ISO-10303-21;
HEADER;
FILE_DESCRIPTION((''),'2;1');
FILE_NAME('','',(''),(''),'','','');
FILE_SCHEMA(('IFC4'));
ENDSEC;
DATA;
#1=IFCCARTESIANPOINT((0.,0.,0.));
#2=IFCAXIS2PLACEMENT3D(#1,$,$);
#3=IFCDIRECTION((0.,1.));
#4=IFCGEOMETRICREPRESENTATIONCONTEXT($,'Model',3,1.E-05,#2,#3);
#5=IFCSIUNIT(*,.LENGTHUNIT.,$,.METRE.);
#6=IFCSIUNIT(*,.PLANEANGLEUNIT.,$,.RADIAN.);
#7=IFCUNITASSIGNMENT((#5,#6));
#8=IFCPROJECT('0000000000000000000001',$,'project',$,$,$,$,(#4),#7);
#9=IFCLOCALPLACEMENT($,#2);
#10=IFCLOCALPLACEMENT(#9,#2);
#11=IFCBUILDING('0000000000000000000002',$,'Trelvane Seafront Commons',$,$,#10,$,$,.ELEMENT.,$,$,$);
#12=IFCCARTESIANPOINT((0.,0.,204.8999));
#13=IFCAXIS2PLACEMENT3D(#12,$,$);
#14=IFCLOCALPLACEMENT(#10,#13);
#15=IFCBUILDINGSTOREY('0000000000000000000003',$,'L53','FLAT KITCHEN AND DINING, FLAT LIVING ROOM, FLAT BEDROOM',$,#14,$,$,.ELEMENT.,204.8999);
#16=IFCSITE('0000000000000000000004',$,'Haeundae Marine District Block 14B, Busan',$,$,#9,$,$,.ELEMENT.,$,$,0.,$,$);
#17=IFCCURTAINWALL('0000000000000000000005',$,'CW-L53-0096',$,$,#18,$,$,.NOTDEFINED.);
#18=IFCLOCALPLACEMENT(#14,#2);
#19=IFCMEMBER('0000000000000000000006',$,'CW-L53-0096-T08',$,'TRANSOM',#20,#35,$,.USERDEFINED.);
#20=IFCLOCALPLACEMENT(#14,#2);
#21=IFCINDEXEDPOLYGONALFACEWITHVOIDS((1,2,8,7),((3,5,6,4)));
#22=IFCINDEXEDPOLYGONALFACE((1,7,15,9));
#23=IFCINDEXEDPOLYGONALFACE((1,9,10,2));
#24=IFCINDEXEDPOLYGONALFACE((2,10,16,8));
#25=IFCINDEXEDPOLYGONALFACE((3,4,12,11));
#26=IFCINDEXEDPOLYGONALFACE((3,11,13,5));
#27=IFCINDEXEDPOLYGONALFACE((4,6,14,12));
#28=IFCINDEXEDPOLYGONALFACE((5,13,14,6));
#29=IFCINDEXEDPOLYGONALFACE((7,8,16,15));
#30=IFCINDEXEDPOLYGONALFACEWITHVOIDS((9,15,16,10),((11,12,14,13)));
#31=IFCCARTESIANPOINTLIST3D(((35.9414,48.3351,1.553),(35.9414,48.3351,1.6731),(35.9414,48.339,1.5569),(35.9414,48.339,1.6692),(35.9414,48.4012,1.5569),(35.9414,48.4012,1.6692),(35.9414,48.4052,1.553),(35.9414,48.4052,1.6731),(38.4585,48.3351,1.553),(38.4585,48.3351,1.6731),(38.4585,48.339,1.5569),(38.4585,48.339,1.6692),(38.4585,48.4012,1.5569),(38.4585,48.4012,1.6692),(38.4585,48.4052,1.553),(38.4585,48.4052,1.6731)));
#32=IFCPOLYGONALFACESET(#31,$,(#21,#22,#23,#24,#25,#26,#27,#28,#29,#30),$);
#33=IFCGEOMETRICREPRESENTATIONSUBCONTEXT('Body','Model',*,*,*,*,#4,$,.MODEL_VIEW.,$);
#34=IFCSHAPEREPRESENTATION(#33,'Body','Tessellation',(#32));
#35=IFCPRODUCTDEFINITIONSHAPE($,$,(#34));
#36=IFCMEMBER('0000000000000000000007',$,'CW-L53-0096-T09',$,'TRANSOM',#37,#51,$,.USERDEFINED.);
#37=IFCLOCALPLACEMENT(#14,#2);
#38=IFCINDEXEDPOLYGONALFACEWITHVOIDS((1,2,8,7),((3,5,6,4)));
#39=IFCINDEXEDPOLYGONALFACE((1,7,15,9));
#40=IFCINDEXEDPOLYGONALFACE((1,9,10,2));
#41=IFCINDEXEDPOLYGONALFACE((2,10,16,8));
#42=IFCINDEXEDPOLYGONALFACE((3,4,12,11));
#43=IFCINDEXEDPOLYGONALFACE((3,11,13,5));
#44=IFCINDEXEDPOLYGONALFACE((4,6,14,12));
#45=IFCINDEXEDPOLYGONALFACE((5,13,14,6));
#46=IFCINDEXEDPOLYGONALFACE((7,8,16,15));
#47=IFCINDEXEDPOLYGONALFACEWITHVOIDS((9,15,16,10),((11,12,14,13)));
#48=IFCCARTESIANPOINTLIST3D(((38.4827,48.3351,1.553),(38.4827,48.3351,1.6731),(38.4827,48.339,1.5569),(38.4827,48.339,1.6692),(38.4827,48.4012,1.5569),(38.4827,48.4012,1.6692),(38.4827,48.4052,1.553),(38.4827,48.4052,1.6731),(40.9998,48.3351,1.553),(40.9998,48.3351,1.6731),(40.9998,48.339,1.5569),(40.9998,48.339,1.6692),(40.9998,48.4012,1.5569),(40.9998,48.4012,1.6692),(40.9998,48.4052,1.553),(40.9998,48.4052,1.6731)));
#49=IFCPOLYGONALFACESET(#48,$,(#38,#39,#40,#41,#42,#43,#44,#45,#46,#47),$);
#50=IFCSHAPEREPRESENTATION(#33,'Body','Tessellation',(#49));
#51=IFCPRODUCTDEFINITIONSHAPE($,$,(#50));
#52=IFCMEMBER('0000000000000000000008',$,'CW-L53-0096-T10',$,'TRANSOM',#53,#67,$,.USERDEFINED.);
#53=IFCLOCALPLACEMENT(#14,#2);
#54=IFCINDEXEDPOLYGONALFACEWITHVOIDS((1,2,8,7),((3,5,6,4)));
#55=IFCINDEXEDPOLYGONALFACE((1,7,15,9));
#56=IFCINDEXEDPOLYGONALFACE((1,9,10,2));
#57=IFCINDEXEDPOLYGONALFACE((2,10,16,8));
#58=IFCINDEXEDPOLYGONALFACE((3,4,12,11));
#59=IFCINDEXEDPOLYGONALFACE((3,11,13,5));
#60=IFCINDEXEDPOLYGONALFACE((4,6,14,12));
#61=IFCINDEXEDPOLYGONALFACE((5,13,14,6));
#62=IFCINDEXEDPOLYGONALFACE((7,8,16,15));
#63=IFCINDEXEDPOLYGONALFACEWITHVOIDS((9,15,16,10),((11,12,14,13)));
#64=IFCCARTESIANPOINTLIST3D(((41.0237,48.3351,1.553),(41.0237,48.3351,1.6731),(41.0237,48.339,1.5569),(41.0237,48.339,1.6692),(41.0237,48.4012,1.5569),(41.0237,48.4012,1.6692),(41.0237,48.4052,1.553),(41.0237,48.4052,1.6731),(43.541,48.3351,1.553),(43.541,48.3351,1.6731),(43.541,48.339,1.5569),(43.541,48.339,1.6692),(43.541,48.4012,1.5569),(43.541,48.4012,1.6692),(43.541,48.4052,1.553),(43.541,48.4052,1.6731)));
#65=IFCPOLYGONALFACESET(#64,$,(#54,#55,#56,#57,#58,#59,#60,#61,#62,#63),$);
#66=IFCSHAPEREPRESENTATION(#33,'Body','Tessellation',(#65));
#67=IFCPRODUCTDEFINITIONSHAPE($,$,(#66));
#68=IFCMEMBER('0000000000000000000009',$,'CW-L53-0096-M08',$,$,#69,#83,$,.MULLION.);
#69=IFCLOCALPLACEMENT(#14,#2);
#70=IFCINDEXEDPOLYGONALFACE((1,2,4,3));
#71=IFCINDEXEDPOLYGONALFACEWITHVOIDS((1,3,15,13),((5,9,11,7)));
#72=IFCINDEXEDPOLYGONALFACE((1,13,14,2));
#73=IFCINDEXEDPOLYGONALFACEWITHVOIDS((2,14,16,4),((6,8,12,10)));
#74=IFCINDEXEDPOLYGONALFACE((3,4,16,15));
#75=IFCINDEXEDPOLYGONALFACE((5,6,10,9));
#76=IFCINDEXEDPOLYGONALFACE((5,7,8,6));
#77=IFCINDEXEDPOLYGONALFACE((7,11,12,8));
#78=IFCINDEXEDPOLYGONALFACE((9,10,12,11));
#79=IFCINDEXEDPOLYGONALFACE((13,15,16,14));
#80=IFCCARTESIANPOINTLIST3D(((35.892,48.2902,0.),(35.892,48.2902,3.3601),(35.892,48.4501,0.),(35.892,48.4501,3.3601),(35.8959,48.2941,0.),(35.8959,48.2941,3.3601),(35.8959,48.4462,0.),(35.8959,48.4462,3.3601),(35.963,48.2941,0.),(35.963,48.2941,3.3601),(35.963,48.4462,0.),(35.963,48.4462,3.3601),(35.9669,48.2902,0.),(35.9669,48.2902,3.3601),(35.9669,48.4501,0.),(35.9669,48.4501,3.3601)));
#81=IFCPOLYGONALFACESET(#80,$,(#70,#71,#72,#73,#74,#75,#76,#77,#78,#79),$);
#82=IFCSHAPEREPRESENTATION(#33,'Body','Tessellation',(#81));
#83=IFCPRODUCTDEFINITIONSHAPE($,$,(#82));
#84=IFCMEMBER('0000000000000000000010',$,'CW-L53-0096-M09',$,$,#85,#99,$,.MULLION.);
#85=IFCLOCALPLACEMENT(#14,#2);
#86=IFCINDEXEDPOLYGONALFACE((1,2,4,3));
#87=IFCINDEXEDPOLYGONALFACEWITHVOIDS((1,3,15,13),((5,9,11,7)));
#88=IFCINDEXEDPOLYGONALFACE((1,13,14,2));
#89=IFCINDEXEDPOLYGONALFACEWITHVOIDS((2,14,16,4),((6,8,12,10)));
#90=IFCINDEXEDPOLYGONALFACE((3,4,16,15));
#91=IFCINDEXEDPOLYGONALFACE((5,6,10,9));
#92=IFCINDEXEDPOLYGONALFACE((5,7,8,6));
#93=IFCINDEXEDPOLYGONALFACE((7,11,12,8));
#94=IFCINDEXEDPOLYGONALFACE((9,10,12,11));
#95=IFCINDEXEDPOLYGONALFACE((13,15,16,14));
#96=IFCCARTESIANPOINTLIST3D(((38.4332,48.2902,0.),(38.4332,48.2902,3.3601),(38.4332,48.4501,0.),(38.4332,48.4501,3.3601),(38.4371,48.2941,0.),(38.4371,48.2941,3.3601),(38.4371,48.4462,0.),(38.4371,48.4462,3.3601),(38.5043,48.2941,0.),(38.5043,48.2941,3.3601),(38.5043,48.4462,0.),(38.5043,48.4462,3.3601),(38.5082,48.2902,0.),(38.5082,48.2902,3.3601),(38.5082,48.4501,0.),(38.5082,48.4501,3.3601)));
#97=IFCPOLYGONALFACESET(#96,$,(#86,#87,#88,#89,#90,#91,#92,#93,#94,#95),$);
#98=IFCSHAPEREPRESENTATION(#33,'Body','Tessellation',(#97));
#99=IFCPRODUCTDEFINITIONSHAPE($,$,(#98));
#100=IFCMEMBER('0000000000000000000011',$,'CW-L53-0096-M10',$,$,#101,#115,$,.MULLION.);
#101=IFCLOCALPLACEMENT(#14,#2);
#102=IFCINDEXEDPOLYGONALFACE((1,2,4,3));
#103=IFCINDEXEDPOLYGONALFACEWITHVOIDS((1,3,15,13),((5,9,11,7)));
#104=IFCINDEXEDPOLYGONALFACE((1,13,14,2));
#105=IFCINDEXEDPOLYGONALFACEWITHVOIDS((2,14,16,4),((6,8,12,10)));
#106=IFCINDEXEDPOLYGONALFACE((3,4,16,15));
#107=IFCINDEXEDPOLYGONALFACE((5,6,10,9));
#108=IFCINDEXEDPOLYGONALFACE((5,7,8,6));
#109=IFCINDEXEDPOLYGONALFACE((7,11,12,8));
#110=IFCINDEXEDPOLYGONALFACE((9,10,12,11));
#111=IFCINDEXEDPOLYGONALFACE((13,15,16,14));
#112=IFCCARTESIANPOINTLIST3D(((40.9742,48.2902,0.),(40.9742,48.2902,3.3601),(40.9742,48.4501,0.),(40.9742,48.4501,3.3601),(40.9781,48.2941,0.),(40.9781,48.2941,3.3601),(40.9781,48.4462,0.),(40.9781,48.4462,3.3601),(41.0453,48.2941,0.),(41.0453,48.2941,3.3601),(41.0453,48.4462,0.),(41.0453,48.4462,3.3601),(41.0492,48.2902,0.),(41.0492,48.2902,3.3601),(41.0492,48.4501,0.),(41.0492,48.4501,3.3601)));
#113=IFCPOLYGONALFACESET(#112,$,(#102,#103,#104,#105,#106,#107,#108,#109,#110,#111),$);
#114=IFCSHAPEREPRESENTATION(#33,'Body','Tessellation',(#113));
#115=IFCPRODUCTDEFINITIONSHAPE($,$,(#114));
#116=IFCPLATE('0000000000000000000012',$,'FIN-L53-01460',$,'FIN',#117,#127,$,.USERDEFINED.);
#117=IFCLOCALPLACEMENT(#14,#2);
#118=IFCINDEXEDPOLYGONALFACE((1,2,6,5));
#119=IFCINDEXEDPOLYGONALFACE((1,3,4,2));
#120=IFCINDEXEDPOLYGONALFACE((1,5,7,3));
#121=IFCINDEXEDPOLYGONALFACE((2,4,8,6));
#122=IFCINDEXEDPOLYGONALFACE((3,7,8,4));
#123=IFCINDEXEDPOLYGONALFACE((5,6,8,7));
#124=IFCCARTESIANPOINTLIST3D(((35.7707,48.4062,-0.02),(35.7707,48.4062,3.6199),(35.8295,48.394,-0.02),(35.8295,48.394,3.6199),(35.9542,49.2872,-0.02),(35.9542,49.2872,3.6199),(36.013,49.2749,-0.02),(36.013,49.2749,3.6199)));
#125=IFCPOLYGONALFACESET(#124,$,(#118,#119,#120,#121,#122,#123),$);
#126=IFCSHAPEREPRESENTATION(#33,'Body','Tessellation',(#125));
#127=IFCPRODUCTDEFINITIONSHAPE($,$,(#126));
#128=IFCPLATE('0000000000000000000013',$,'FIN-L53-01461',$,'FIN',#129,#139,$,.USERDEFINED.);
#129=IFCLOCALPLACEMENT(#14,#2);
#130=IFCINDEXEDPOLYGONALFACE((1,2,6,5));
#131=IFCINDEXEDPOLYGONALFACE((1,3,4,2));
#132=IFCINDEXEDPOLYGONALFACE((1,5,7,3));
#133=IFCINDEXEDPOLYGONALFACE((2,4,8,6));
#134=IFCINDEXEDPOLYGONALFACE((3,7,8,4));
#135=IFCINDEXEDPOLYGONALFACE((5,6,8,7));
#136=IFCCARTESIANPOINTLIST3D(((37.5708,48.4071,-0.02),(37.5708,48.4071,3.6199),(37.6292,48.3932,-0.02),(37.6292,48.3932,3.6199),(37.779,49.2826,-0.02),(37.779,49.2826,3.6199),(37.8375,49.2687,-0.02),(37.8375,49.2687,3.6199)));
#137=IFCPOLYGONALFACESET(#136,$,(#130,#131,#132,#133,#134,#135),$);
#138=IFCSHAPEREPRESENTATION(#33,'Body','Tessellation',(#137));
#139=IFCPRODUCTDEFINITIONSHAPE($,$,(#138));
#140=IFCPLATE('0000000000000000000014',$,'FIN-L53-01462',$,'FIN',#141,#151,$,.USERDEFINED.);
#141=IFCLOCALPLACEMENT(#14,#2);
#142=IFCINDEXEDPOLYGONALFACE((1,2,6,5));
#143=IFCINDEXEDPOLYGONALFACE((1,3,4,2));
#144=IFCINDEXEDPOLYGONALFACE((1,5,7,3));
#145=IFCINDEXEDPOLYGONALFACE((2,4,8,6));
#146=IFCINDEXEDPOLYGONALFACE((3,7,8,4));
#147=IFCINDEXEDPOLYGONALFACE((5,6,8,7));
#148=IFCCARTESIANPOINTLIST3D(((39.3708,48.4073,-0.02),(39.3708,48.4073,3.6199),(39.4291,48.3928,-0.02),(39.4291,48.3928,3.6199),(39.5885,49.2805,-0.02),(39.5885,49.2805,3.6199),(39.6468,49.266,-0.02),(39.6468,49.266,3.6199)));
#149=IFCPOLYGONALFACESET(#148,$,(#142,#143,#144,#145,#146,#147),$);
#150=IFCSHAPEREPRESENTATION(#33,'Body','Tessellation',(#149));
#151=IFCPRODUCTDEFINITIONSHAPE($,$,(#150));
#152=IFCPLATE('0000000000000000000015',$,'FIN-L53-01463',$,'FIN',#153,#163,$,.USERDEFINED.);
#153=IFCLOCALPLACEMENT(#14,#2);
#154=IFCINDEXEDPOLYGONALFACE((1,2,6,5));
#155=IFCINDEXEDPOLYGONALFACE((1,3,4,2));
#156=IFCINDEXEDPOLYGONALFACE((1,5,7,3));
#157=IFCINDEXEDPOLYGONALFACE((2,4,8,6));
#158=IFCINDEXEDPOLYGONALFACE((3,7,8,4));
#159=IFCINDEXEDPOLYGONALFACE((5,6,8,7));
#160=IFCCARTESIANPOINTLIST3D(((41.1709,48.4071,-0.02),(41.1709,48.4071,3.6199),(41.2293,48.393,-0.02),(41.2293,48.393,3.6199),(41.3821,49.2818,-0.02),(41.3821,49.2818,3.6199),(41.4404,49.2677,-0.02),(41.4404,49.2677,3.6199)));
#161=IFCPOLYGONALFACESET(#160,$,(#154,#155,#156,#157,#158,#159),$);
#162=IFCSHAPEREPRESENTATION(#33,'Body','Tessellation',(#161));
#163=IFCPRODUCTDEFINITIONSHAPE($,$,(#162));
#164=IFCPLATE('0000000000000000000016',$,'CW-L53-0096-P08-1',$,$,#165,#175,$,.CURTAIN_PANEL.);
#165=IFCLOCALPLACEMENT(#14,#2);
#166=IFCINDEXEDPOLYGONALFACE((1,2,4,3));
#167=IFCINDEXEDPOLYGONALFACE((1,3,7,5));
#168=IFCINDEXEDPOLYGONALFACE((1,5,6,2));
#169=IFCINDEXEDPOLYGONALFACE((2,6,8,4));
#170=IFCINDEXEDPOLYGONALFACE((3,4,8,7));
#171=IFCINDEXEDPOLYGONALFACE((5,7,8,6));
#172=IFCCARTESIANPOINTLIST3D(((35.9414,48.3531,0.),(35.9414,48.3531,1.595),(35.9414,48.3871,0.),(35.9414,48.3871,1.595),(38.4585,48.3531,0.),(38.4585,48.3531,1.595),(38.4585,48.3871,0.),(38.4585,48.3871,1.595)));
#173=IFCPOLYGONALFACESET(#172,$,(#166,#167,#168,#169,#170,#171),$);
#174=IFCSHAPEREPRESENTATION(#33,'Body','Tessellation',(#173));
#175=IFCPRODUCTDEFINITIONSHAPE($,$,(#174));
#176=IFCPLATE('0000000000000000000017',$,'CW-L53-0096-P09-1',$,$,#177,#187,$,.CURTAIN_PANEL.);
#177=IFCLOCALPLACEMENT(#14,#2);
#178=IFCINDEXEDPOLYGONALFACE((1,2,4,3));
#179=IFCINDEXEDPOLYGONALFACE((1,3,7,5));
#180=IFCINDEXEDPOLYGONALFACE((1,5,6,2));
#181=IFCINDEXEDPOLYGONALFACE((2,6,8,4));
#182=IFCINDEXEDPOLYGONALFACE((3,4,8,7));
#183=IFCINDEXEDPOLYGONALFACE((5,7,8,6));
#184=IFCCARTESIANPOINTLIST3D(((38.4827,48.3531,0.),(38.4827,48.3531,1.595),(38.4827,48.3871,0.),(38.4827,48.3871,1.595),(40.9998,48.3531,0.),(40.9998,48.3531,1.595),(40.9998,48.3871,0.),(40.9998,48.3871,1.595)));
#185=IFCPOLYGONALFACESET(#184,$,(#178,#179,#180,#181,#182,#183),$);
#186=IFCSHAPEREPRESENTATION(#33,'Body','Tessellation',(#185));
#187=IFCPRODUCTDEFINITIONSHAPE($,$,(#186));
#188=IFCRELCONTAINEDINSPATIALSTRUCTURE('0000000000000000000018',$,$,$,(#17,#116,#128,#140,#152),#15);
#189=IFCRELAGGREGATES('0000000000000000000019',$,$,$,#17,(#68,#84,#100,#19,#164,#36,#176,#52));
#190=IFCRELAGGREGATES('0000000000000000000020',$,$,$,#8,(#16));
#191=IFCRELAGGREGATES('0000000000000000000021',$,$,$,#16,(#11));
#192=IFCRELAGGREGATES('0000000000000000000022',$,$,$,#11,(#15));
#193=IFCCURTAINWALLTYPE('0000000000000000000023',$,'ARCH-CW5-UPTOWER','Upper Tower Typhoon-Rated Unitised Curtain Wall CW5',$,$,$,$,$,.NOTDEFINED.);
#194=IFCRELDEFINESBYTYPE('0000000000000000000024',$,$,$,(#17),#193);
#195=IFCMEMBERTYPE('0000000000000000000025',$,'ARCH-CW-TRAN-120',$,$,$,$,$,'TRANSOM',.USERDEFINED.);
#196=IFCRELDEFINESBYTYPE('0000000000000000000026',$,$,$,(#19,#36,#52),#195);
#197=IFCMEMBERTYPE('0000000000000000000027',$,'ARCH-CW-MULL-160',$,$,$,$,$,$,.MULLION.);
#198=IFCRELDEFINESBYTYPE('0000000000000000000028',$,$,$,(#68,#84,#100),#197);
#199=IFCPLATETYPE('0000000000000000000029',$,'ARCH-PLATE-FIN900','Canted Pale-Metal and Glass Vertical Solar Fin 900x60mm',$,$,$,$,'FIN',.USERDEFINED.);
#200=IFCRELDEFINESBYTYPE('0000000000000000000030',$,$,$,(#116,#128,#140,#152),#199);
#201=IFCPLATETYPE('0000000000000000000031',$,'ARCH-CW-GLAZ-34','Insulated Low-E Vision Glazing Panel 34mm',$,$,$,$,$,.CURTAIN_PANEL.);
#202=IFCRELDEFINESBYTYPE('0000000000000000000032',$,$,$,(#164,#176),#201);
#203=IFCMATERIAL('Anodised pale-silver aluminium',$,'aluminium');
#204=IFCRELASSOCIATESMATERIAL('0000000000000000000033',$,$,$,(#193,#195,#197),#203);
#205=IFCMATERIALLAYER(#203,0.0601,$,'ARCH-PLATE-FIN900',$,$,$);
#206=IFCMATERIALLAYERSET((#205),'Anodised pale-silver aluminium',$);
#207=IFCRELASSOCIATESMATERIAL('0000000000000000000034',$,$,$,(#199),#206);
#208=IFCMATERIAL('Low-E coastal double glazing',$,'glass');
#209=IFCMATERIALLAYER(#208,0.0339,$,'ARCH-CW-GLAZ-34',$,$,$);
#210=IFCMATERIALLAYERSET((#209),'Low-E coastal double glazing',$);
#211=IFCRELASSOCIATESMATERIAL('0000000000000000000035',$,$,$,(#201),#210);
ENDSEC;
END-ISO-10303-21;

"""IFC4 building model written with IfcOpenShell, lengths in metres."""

from ifc_helpers import new_model, si_unit, direction, frame, origin, origin_2d, place, context, subcontext, project, spatial, rectangle, hollow_rectangle, extrude, source, transform, mapped, material, layer, layer_set, material_profile, profile_set, type_object, element, aggregate, save


model = new_model("IFC4")

# Units and contexts
model_context = context("Model", 3, precision=1e-05, world=origin(), true_north=direction((0.0, 1.0)))
body_context = subcontext(model_context, "Body", "Model", "MODEL_VIEW")
ifc_project = project(units=[si_unit("LENGTHUNIT", "METRE"), si_unit("PLANEANGLEUNIT", "RADIAN")], contexts=[model_context])

# Site, building, storey
site_placement = place(None, origin())
site = spatial("IfcSite", under=ifc_project, at=site_placement, Name="Haeundae Marine District Block 14B, Busan", CompositionType="ELEMENT", RefElevation=0.0)
building_placement = place(site_placement, origin())
building = spatial("IfcBuilding", under=site, at=building_placement, Name="Trelvane Seafront Commons", CompositionType="ELEMENT")
storey_placement = place(building_placement, frame((0.0, 0.0, 204.8999)))
storey = spatial("IfcBuildingStorey", under=building, at=storey_placement, Name="L53", Description="FLAT KITCHEN AND DINING, FLAT LIVING ROOM, FLAT BEDROOM", CompositionType="ELEMENT", Elevation=204.8999)

# Curtain wall, members
ifc_material_1 = material(Name="Anodised pale-silver aluminium", Category="aluminium")
curtain_wall_type = type_object("IfcCurtainWallType", Name="ARCH-CW5-UPTOWER", Description="Upper Tower Typhoon-Rated Unitised Curtain Wall CW5", PredefinedType="NOTDEFINED", material=ifc_material_1)
curtain_wall_placement = place(storey_placement, origin())
curtain_wall = element("IfcCurtainWall", 1, at=curtain_wall_placement, inside=storey, type_object=curtain_wall_type, Name="CW-L53-0096", PredefinedType="NOTDEFINED")
ifc_material_profile_1 = material_profile(ifc_material_1, hollow_rectangle(XDim=0.0701, YDim=0.1201, WallThickness=0.0039, at=origin_2d()), Name="TRAN-70x120x4")
ifc_profile_set_1 = profile_set([ifc_material_profile_1], Name="Anodised pale-silver aluminium")
member_type_1 = type_object("IfcMemberType", Name="ARCH-CW-TRAN-120", ElementType="TRANSOM", PredefinedType="USERDEFINED", material=ifc_profile_set_1)
shared_shape_1 = source(origin(), body_context, "Body", "SweptSolid", [
    extrude(hollow_rectangle(XDim=0.0701, YDim=0.1201, WallThickness=0.0039, at=origin_2d()), origin(), (0.0, 0.0, 1.0), 2.5171),
])
member_1_placement = place(storey_placement, frame((35.9414, 48.3701, 1.613), z_axis=(1.0, 0.0, 0.0), x_axis=(0.0, 1.0, 0.0)))
member_1 = element("IfcMember", 2, at=member_1_placement, type_object=member_type_1, Name="CW-L53-0096-T08", ObjectType="TRANSOM", PredefinedType="USERDEFINED", context=body_context, shape_type="MappedRepresentation", body=[
    mapped(shared_shape_1, transform((0.0, 0.0, 0.0), x_axis=(1.0, 0.0, 0.0), y_axis=(0.0, 1.0, 0.0), z_axis=(0.0, 0.0, 1.0), scale=1.0)),
])
member_2_placement = place(storey_placement, frame((38.4827, 48.3701, 1.613), z_axis=(1.0, 0.0, 0.0), x_axis=(0.0, 1.0, 0.0)))
member_2 = element("IfcMember", 3, at=member_2_placement, type_object=member_type_1, Name="CW-L53-0096-T09", ObjectType="TRANSOM", PredefinedType="USERDEFINED", context=body_context, shape_type="MappedRepresentation", body=[
    mapped(shared_shape_1, transform((0.0, 0.0, 0.0), x_axis=(1.0, 0.0, 0.0), y_axis=(0.0, 1.0, 0.0), z_axis=(0.0, 0.0, 1.0), scale=1.0)),
])
shared_shape_2 = source(origin(), body_context, "Body", "SweptSolid", [
    extrude(hollow_rectangle(XDim=0.0701, YDim=0.1201, WallThickness=0.0039, at=origin_2d()), origin(), (0.0, 0.0, 1.0), 2.5173),
])
member_3_placement = place(storey_placement, frame((41.0237, 48.3701, 1.613), z_axis=(1.0, 0.0, 0.0), x_axis=(0.0, 1.0, 0.0)))
member_3 = element("IfcMember", 4, at=member_3_placement, type_object=member_type_1, Name="CW-L53-0096-T10", ObjectType="TRANSOM", PredefinedType="USERDEFINED", context=body_context, shape_type="MappedRepresentation", body=[
    mapped(shared_shape_2, transform((0.0, 0.0, 0.0), x_axis=(1.0, 0.0, 0.0), y_axis=(0.0, 1.0, 0.0), z_axis=(0.0, 0.0, 1.0), scale=1.0)),
])
ifc_material_profile_2 = material_profile(ifc_material_1, hollow_rectangle(XDim=0.075, YDim=0.1599, WallThickness=0.0039, at=origin_2d()), Name="MULL-75x160x4")
ifc_profile_set_2 = profile_set([ifc_material_profile_2], Name="Anodised pale-silver aluminium")
member_type_2 = type_object("IfcMemberType", Name="ARCH-CW-MULL-160", PredefinedType="MULLION", material=ifc_profile_set_2)
shared_shape_3 = source(origin(), body_context, "Body", "SweptSolid", [
    extrude(hollow_rectangle(XDim=0.075, YDim=0.1599, WallThickness=0.0039, at=origin_2d()), origin(), (0.0, 0.0, 1.0), 3.3601),
])
member_4_placement = place(storey_placement, frame((35.9294, 48.3701, 0.0), z_axis=(0.0, 0.0, 1.0), x_axis=(1.0, 0.0, 0.0)))
member_4 = element("IfcMember", 5, at=member_4_placement, type_object=member_type_2, Name="CW-L53-0096-M08", PredefinedType="MULLION", context=body_context, shape_type="MappedRepresentation", body=[
    mapped(shared_shape_3, transform((0.0, 0.0, 0.0), x_axis=(1.0, 0.0, 0.0), y_axis=(0.0, 1.0, 0.0), z_axis=(0.0, 0.0, 1.0), scale=1.0)),
])
member_5_placement = place(storey_placement, frame((38.4707, 48.3701, 0.0), z_axis=(0.0, 0.0, 1.0), x_axis=(1.0, 0.0, 0.0)))
member_5 = element("IfcMember", 6, at=member_5_placement, type_object=member_type_2, Name="CW-L53-0096-M09", PredefinedType="MULLION", context=body_context, shape_type="MappedRepresentation", body=[
    mapped(shared_shape_3, transform((0.0, 0.0, 0.0), x_axis=(1.0, 0.0, 0.0), y_axis=(0.0, 1.0, 0.0), z_axis=(0.0, 0.0, 1.0), scale=1.0)),
])
member_6_placement = place(storey_placement, frame((41.0117, 48.3701, 0.0), z_axis=(0.0, 0.0, 1.0), x_axis=(1.0, 0.0, 0.0)))
member_6 = element("IfcMember", 7, at=member_6_placement, type_object=member_type_2, Name="CW-L53-0096-M10", PredefinedType="MULLION", context=body_context, shape_type="MappedRepresentation", body=[
    mapped(shared_shape_3, transform((0.0, 0.0, 0.0), x_axis=(1.0, 0.0, 0.0), y_axis=(0.0, 1.0, 0.0), z_axis=(0.0, 0.0, 1.0), scale=1.0)),
])

# Plates
ifc_layer_1 = layer(ifc_material_1, 0.0601, Name="ARCH-PLATE-FIN900")
ifc_layer_set_1 = layer_set([ifc_layer_1], Name="Anodised pale-silver aluminium")
plate_type_1 = type_object("IfcPlateType", Name="ARCH-PLATE-FIN900", Description="Canted Pale-Metal and Glass Vertical Solar Fin 900x60mm", ElementType="FIN", PredefinedType="USERDEFINED", material=ifc_layer_set_1)
shared_shape_4 = source(origin(), body_context, "Body", "SweptSolid", [
    extrude(rectangle(XDim=0.8999, YDim=0.0601, at=origin_2d()), origin(), (0.0, 0.0, 1.0), 3.6399),
])
for number, where, z_axis, x_axis, name in (
    (8, (35.8918, 48.8406, -0.02), (0.0, 0.0, 1.0), (0.203994, 0.978972, 0.0), "FIN-L53-01460"),
    (9, (37.7041, 48.8379, -0.02), (0.0, 0.0, 1.0), (0.231435, 0.97285, 0.0), "FIN-L53-01461"),
    (10, (39.5088, 48.8367, -0.02), (0.0, 0.0, 1.0), (0.241881, 0.970306, 0.0), "FIN-L53-01462"),
    (11, (41.3057, 48.8374, -0.02), (0.0, 0.0, 1.0), (0.234659, 0.972078, 0.0), "FIN-L53-01463"),
):
    element("IfcPlate", number, at=place(storey_placement, frame(where, z_axis=z_axis, x_axis=x_axis)), inside=storey, type_object=plate_type_1, Name=name, ObjectType="FIN", PredefinedType="USERDEFINED", context=body_context, shape_type="MappedRepresentation", body=[
        mapped(shared_shape_4, transform((0.0, 0.0, 0.0), x_axis=(1.0, 0.0, 0.0), y_axis=(0.0, 1.0, 0.0), z_axis=(0.0, 0.0, 1.0), scale=1.0)),
    ])

# Plates
ifc_material_2 = material(Name="Low-E coastal double glazing", Category="glass")
ifc_layer_2 = layer(ifc_material_2, 0.0339, Name="ARCH-CW-GLAZ-34")
ifc_layer_set_2 = layer_set([ifc_layer_2], Name="Low-E coastal double glazing")
plate_type_2 = type_object("IfcPlateType", Name="ARCH-CW-GLAZ-34", Description="Insulated Low-E Vision Glazing Panel 34mm", PredefinedType="CURTAIN_PANEL", material=ifc_layer_set_2)
shared_shape_5 = source(origin(), body_context, "Body", "SweptSolid", [
    extrude(rectangle(XDim=2.5171, YDim=0.0339, at=origin_2d()), origin(), (0.0, 0.0, 1.0), 1.595),
])
plate_1_placement = place(storey_placement, frame((37.2, 48.3701, 0.0), z_axis=(0.0, 0.0, 1.0), x_axis=(1.0, 0.0, 0.0)))
plate_1 = element("IfcPlate", 12, at=plate_1_placement, type_object=plate_type_2, Name="CW-L53-0096-P08-1", PredefinedType="CURTAIN_PANEL", context=body_context, shape_type="MappedRepresentation", body=[
    mapped(shared_shape_5, transform((0.0, 0.0, 0.0), x_axis=(1.0, 0.0, 0.0), y_axis=(0.0, 1.0, 0.0), z_axis=(0.0, 0.0, 1.0), scale=1.0)),
])
plate_2_placement = place(storey_placement, frame((39.7412, 48.3701, 0.0), z_axis=(0.0, 0.0, 1.0), x_axis=(1.0, 0.0, 0.0)))
plate_2 = element("IfcPlate", 13, at=plate_2_placement, type_object=plate_type_2, Name="CW-L53-0096-P09-1", PredefinedType="CURTAIN_PANEL", context=body_context, shape_type="MappedRepresentation", body=[
    mapped(shared_shape_5, transform((0.0, 0.0, 0.0), x_axis=(1.0, 0.0, 0.0), y_axis=(0.0, 1.0, 0.0), z_axis=(0.0, 0.0, 1.0), scale=1.0)),
])
aggregate(curtain_wall, [member_4, member_5, member_6, member_1, plate_1, member_2, plate_2, member_3])

save(model, "model.ifc")
